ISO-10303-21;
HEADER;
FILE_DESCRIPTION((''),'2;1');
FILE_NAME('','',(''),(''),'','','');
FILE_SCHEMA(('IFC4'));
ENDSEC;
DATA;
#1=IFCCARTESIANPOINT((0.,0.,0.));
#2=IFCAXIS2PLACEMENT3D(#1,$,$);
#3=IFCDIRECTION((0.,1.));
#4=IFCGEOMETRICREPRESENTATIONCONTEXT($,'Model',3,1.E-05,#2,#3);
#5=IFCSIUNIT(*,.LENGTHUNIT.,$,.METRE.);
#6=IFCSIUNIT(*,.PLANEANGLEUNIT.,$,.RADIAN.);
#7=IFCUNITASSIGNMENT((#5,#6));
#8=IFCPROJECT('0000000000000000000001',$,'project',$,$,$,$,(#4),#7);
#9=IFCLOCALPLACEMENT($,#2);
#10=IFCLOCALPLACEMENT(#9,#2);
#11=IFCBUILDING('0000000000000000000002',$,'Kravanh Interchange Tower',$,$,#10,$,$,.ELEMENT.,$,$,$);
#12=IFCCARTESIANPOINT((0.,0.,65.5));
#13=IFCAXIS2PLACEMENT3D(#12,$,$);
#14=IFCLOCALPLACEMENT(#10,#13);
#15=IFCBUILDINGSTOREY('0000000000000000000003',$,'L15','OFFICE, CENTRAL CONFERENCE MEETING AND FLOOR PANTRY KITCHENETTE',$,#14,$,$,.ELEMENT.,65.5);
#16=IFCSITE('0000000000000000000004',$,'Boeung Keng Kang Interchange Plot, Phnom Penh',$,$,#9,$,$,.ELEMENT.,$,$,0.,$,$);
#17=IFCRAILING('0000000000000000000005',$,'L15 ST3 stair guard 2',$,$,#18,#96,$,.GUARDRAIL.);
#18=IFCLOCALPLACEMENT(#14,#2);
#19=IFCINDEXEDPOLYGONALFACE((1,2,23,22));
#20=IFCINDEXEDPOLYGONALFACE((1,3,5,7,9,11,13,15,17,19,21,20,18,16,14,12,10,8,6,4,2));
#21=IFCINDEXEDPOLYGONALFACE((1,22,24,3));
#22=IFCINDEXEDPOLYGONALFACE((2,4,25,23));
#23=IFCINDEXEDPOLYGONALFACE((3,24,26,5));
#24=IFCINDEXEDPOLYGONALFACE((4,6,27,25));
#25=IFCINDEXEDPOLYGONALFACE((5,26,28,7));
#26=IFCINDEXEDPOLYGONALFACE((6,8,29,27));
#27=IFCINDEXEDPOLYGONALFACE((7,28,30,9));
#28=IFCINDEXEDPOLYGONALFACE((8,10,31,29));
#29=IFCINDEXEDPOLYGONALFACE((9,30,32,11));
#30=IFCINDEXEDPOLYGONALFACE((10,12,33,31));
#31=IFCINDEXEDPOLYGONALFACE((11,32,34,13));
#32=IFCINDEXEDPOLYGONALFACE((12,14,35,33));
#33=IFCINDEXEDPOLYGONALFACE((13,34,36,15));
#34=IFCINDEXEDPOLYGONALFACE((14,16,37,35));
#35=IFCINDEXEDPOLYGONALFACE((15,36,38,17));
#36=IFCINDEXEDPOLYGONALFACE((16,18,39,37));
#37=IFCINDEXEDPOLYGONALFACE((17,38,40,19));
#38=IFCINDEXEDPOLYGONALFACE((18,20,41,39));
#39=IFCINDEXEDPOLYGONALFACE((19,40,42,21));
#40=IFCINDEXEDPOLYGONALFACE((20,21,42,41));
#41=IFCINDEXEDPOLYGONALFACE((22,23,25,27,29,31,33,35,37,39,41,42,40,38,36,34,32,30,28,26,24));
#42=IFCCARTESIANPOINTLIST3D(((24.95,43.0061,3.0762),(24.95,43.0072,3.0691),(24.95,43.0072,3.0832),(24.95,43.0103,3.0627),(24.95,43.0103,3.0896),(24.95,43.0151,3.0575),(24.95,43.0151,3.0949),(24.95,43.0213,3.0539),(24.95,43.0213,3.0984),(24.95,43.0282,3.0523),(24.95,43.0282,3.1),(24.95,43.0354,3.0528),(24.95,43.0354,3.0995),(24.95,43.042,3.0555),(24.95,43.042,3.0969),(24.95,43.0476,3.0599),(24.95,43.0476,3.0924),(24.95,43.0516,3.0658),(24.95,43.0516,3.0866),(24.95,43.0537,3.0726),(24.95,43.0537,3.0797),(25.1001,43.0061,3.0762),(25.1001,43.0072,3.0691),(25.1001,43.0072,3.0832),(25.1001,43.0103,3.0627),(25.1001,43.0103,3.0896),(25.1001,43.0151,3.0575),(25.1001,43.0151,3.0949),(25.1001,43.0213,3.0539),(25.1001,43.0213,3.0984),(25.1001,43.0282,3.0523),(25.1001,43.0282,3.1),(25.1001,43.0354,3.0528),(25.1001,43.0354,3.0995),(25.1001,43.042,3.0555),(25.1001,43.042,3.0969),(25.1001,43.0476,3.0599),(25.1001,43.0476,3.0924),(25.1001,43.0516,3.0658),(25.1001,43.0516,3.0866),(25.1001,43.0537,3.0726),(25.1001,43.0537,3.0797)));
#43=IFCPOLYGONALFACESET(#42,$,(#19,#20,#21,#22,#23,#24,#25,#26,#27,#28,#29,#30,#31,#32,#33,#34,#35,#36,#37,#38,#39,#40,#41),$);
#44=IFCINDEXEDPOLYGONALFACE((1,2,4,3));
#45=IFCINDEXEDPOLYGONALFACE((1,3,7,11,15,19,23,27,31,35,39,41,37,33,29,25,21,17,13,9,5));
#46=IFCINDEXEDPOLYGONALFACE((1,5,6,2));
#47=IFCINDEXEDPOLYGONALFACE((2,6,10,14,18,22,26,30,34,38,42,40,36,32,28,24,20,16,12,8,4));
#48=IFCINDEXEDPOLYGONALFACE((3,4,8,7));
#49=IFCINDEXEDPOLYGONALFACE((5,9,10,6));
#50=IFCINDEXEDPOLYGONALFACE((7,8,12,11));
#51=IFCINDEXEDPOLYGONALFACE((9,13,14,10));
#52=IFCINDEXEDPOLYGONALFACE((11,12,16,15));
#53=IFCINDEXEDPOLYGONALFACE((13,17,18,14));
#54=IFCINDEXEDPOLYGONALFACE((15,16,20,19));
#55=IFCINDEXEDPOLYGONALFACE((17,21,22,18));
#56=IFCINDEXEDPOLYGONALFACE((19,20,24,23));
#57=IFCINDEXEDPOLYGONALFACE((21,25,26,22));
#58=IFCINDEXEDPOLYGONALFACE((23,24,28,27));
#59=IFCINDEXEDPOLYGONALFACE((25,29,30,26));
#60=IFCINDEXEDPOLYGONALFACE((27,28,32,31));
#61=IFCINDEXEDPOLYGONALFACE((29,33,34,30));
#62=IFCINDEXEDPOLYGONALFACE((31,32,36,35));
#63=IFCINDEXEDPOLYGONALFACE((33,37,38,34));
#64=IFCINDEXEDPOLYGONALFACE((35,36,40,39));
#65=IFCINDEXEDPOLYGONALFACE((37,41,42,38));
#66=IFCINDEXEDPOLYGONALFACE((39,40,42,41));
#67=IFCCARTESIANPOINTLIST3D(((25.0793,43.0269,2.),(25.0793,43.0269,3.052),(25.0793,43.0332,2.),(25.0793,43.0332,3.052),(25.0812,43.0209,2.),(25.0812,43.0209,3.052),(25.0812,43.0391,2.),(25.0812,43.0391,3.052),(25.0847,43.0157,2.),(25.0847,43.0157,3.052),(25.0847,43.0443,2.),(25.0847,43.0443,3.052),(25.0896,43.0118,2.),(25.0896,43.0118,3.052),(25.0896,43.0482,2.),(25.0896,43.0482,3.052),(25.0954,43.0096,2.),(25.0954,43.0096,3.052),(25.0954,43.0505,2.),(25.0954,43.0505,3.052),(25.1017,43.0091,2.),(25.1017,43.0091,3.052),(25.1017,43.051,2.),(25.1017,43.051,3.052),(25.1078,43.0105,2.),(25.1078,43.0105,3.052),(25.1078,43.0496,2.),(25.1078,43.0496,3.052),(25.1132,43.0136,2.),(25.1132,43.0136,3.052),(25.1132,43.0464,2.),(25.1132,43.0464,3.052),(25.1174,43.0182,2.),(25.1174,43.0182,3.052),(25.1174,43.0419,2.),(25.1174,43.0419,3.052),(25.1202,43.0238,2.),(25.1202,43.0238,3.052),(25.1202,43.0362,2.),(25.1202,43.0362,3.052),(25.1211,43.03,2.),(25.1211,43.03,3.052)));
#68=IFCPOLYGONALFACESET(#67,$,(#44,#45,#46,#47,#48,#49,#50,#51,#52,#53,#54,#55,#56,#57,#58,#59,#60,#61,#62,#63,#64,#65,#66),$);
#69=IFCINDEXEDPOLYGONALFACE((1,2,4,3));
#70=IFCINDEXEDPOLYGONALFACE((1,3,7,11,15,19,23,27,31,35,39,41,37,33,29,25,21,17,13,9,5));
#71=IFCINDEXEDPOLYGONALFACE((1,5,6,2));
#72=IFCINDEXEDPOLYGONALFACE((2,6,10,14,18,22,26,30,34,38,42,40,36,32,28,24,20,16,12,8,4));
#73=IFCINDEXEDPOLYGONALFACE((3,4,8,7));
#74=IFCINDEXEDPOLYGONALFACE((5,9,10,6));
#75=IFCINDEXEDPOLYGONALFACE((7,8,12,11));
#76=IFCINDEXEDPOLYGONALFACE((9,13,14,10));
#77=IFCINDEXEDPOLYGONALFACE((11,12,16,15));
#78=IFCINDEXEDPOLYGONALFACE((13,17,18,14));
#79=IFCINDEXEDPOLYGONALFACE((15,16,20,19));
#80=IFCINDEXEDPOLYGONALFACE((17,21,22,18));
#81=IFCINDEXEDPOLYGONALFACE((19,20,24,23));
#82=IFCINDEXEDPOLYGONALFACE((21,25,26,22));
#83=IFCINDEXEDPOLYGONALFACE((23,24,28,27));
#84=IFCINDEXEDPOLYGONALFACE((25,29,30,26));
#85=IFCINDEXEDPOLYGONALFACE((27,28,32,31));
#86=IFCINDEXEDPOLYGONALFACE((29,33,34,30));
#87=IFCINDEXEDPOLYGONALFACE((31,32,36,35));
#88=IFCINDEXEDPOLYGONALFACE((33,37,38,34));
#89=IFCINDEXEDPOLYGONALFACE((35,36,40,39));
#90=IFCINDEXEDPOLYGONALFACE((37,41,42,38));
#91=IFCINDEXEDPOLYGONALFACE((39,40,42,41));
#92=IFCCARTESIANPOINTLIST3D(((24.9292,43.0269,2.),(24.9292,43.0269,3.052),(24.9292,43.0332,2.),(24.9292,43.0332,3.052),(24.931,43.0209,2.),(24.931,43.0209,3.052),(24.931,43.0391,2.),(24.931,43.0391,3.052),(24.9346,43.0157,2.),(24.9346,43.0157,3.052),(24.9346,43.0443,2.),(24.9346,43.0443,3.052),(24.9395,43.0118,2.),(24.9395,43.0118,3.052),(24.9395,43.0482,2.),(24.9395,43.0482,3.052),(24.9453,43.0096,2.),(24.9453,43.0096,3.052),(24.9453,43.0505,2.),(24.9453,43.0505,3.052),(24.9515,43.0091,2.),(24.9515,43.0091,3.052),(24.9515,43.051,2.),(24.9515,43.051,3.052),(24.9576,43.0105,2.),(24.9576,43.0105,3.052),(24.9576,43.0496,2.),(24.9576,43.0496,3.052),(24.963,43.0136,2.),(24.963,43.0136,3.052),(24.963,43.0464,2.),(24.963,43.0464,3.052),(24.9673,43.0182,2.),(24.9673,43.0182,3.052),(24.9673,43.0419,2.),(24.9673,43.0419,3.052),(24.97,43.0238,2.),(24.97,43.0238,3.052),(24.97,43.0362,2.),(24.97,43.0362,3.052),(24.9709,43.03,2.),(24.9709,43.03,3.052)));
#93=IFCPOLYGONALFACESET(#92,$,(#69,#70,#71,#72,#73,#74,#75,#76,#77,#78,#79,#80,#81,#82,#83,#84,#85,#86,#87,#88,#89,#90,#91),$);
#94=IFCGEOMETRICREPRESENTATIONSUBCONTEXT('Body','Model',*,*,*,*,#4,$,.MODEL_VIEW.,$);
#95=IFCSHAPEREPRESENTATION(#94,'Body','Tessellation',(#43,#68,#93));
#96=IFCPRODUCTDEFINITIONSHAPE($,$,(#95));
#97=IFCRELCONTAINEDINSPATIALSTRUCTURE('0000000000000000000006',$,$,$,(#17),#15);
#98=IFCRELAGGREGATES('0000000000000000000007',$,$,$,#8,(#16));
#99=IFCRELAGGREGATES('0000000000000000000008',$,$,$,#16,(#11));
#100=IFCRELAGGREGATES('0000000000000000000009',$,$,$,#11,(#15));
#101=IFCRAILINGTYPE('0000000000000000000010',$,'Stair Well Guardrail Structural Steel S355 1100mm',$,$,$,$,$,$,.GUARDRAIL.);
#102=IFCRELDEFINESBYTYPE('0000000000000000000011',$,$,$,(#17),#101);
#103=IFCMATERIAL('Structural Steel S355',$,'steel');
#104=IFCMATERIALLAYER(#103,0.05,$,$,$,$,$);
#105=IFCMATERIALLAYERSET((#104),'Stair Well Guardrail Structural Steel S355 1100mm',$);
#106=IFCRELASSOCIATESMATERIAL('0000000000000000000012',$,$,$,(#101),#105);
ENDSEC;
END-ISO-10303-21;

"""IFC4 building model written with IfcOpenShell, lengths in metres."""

from ifc_helpers import new_model, si_unit, direction, frame, origin, origin_2d, place, context, subcontext, project, spatial, circle, extrude, material, layer, layer_set, type_object, element, save


model = new_model("IFC4")

# Units and contexts
model_context = context("Model", 3, precision=1e-05, world=origin(), true_north=direction((0.0, 1.0)))
body_context = subcontext(model_context, "Body", "Model", "MODEL_VIEW")
ifc_project = project(units=[si_unit("LENGTHUNIT", "METRE"), si_unit("PLANEANGLEUNIT", "RADIAN")], contexts=[model_context])

# Site, building, storey
site_placement = place(None, origin())
site = spatial("IfcSite", under=ifc_project, at=site_placement, Name="Boeung Keng Kang Interchange Plot, Phnom Penh", CompositionType="ELEMENT", RefElevation=0.0)
building_placement = place(site_placement, origin())
building = spatial("IfcBuilding", under=site, at=building_placement, Name="Kravanh Interchange Tower", CompositionType="ELEMENT")
storey_placement = place(building_placement, frame((0.0, 0.0, 65.5)))
storey = spatial("IfcBuildingStorey", under=building, at=storey_placement, Name="L15", Description="OFFICE, CENTRAL CONFERENCE MEETING AND FLOOR PANTRY KITCHENETTE", CompositionType="ELEMENT", Elevation=65.5)

# Railing
ifc_material_1 = material(Name="Structural Steel S355", Category="steel")
ifc_layer_1 = layer(ifc_material_1, 0.05)
ifc_layer_set_1 = layer_set([ifc_layer_1], Name="Stair Well Guardrail Structural Steel S355 1100mm")
railing_type_1 = type_object("IfcRailingType", Name="Stair Well Guardrail Structural Steel S355 1100mm", PredefinedType="GUARDRAIL", material=ifc_layer_set_1)
railing_1_placement = place(storey_placement, frame((25.1001, 43.03, 2.0)))
element("IfcRailing", 1, at=railing_1_placement, inside=storey, type_object=railing_type_1, Name="L15 ST3 stair guard 2", PredefinedType="GUARDRAIL", context=body_context, shape_type="SweptSolid", body=[
    extrude(circle(Radius=0.0239, at=origin_2d()), frame((0.0, 0.0, 1.0762), z_axis=(-1.0, 0.0, 0.0), x_axis=(0.0, -1.0, 0.0)), (0.0, 0.0, 1.0), 0.1501),
    extrude(circle(Radius=0.021, at=origin_2d()), origin(), (0.0, 0.0, 1.0), 1.052),
    extrude(circle(Radius=0.021, at=origin_2d()), frame((-0.1501, 0.0, 0.0)), (0.0, 0.0, 1.0), 1.052),
])

save(model, "model.ifc")
